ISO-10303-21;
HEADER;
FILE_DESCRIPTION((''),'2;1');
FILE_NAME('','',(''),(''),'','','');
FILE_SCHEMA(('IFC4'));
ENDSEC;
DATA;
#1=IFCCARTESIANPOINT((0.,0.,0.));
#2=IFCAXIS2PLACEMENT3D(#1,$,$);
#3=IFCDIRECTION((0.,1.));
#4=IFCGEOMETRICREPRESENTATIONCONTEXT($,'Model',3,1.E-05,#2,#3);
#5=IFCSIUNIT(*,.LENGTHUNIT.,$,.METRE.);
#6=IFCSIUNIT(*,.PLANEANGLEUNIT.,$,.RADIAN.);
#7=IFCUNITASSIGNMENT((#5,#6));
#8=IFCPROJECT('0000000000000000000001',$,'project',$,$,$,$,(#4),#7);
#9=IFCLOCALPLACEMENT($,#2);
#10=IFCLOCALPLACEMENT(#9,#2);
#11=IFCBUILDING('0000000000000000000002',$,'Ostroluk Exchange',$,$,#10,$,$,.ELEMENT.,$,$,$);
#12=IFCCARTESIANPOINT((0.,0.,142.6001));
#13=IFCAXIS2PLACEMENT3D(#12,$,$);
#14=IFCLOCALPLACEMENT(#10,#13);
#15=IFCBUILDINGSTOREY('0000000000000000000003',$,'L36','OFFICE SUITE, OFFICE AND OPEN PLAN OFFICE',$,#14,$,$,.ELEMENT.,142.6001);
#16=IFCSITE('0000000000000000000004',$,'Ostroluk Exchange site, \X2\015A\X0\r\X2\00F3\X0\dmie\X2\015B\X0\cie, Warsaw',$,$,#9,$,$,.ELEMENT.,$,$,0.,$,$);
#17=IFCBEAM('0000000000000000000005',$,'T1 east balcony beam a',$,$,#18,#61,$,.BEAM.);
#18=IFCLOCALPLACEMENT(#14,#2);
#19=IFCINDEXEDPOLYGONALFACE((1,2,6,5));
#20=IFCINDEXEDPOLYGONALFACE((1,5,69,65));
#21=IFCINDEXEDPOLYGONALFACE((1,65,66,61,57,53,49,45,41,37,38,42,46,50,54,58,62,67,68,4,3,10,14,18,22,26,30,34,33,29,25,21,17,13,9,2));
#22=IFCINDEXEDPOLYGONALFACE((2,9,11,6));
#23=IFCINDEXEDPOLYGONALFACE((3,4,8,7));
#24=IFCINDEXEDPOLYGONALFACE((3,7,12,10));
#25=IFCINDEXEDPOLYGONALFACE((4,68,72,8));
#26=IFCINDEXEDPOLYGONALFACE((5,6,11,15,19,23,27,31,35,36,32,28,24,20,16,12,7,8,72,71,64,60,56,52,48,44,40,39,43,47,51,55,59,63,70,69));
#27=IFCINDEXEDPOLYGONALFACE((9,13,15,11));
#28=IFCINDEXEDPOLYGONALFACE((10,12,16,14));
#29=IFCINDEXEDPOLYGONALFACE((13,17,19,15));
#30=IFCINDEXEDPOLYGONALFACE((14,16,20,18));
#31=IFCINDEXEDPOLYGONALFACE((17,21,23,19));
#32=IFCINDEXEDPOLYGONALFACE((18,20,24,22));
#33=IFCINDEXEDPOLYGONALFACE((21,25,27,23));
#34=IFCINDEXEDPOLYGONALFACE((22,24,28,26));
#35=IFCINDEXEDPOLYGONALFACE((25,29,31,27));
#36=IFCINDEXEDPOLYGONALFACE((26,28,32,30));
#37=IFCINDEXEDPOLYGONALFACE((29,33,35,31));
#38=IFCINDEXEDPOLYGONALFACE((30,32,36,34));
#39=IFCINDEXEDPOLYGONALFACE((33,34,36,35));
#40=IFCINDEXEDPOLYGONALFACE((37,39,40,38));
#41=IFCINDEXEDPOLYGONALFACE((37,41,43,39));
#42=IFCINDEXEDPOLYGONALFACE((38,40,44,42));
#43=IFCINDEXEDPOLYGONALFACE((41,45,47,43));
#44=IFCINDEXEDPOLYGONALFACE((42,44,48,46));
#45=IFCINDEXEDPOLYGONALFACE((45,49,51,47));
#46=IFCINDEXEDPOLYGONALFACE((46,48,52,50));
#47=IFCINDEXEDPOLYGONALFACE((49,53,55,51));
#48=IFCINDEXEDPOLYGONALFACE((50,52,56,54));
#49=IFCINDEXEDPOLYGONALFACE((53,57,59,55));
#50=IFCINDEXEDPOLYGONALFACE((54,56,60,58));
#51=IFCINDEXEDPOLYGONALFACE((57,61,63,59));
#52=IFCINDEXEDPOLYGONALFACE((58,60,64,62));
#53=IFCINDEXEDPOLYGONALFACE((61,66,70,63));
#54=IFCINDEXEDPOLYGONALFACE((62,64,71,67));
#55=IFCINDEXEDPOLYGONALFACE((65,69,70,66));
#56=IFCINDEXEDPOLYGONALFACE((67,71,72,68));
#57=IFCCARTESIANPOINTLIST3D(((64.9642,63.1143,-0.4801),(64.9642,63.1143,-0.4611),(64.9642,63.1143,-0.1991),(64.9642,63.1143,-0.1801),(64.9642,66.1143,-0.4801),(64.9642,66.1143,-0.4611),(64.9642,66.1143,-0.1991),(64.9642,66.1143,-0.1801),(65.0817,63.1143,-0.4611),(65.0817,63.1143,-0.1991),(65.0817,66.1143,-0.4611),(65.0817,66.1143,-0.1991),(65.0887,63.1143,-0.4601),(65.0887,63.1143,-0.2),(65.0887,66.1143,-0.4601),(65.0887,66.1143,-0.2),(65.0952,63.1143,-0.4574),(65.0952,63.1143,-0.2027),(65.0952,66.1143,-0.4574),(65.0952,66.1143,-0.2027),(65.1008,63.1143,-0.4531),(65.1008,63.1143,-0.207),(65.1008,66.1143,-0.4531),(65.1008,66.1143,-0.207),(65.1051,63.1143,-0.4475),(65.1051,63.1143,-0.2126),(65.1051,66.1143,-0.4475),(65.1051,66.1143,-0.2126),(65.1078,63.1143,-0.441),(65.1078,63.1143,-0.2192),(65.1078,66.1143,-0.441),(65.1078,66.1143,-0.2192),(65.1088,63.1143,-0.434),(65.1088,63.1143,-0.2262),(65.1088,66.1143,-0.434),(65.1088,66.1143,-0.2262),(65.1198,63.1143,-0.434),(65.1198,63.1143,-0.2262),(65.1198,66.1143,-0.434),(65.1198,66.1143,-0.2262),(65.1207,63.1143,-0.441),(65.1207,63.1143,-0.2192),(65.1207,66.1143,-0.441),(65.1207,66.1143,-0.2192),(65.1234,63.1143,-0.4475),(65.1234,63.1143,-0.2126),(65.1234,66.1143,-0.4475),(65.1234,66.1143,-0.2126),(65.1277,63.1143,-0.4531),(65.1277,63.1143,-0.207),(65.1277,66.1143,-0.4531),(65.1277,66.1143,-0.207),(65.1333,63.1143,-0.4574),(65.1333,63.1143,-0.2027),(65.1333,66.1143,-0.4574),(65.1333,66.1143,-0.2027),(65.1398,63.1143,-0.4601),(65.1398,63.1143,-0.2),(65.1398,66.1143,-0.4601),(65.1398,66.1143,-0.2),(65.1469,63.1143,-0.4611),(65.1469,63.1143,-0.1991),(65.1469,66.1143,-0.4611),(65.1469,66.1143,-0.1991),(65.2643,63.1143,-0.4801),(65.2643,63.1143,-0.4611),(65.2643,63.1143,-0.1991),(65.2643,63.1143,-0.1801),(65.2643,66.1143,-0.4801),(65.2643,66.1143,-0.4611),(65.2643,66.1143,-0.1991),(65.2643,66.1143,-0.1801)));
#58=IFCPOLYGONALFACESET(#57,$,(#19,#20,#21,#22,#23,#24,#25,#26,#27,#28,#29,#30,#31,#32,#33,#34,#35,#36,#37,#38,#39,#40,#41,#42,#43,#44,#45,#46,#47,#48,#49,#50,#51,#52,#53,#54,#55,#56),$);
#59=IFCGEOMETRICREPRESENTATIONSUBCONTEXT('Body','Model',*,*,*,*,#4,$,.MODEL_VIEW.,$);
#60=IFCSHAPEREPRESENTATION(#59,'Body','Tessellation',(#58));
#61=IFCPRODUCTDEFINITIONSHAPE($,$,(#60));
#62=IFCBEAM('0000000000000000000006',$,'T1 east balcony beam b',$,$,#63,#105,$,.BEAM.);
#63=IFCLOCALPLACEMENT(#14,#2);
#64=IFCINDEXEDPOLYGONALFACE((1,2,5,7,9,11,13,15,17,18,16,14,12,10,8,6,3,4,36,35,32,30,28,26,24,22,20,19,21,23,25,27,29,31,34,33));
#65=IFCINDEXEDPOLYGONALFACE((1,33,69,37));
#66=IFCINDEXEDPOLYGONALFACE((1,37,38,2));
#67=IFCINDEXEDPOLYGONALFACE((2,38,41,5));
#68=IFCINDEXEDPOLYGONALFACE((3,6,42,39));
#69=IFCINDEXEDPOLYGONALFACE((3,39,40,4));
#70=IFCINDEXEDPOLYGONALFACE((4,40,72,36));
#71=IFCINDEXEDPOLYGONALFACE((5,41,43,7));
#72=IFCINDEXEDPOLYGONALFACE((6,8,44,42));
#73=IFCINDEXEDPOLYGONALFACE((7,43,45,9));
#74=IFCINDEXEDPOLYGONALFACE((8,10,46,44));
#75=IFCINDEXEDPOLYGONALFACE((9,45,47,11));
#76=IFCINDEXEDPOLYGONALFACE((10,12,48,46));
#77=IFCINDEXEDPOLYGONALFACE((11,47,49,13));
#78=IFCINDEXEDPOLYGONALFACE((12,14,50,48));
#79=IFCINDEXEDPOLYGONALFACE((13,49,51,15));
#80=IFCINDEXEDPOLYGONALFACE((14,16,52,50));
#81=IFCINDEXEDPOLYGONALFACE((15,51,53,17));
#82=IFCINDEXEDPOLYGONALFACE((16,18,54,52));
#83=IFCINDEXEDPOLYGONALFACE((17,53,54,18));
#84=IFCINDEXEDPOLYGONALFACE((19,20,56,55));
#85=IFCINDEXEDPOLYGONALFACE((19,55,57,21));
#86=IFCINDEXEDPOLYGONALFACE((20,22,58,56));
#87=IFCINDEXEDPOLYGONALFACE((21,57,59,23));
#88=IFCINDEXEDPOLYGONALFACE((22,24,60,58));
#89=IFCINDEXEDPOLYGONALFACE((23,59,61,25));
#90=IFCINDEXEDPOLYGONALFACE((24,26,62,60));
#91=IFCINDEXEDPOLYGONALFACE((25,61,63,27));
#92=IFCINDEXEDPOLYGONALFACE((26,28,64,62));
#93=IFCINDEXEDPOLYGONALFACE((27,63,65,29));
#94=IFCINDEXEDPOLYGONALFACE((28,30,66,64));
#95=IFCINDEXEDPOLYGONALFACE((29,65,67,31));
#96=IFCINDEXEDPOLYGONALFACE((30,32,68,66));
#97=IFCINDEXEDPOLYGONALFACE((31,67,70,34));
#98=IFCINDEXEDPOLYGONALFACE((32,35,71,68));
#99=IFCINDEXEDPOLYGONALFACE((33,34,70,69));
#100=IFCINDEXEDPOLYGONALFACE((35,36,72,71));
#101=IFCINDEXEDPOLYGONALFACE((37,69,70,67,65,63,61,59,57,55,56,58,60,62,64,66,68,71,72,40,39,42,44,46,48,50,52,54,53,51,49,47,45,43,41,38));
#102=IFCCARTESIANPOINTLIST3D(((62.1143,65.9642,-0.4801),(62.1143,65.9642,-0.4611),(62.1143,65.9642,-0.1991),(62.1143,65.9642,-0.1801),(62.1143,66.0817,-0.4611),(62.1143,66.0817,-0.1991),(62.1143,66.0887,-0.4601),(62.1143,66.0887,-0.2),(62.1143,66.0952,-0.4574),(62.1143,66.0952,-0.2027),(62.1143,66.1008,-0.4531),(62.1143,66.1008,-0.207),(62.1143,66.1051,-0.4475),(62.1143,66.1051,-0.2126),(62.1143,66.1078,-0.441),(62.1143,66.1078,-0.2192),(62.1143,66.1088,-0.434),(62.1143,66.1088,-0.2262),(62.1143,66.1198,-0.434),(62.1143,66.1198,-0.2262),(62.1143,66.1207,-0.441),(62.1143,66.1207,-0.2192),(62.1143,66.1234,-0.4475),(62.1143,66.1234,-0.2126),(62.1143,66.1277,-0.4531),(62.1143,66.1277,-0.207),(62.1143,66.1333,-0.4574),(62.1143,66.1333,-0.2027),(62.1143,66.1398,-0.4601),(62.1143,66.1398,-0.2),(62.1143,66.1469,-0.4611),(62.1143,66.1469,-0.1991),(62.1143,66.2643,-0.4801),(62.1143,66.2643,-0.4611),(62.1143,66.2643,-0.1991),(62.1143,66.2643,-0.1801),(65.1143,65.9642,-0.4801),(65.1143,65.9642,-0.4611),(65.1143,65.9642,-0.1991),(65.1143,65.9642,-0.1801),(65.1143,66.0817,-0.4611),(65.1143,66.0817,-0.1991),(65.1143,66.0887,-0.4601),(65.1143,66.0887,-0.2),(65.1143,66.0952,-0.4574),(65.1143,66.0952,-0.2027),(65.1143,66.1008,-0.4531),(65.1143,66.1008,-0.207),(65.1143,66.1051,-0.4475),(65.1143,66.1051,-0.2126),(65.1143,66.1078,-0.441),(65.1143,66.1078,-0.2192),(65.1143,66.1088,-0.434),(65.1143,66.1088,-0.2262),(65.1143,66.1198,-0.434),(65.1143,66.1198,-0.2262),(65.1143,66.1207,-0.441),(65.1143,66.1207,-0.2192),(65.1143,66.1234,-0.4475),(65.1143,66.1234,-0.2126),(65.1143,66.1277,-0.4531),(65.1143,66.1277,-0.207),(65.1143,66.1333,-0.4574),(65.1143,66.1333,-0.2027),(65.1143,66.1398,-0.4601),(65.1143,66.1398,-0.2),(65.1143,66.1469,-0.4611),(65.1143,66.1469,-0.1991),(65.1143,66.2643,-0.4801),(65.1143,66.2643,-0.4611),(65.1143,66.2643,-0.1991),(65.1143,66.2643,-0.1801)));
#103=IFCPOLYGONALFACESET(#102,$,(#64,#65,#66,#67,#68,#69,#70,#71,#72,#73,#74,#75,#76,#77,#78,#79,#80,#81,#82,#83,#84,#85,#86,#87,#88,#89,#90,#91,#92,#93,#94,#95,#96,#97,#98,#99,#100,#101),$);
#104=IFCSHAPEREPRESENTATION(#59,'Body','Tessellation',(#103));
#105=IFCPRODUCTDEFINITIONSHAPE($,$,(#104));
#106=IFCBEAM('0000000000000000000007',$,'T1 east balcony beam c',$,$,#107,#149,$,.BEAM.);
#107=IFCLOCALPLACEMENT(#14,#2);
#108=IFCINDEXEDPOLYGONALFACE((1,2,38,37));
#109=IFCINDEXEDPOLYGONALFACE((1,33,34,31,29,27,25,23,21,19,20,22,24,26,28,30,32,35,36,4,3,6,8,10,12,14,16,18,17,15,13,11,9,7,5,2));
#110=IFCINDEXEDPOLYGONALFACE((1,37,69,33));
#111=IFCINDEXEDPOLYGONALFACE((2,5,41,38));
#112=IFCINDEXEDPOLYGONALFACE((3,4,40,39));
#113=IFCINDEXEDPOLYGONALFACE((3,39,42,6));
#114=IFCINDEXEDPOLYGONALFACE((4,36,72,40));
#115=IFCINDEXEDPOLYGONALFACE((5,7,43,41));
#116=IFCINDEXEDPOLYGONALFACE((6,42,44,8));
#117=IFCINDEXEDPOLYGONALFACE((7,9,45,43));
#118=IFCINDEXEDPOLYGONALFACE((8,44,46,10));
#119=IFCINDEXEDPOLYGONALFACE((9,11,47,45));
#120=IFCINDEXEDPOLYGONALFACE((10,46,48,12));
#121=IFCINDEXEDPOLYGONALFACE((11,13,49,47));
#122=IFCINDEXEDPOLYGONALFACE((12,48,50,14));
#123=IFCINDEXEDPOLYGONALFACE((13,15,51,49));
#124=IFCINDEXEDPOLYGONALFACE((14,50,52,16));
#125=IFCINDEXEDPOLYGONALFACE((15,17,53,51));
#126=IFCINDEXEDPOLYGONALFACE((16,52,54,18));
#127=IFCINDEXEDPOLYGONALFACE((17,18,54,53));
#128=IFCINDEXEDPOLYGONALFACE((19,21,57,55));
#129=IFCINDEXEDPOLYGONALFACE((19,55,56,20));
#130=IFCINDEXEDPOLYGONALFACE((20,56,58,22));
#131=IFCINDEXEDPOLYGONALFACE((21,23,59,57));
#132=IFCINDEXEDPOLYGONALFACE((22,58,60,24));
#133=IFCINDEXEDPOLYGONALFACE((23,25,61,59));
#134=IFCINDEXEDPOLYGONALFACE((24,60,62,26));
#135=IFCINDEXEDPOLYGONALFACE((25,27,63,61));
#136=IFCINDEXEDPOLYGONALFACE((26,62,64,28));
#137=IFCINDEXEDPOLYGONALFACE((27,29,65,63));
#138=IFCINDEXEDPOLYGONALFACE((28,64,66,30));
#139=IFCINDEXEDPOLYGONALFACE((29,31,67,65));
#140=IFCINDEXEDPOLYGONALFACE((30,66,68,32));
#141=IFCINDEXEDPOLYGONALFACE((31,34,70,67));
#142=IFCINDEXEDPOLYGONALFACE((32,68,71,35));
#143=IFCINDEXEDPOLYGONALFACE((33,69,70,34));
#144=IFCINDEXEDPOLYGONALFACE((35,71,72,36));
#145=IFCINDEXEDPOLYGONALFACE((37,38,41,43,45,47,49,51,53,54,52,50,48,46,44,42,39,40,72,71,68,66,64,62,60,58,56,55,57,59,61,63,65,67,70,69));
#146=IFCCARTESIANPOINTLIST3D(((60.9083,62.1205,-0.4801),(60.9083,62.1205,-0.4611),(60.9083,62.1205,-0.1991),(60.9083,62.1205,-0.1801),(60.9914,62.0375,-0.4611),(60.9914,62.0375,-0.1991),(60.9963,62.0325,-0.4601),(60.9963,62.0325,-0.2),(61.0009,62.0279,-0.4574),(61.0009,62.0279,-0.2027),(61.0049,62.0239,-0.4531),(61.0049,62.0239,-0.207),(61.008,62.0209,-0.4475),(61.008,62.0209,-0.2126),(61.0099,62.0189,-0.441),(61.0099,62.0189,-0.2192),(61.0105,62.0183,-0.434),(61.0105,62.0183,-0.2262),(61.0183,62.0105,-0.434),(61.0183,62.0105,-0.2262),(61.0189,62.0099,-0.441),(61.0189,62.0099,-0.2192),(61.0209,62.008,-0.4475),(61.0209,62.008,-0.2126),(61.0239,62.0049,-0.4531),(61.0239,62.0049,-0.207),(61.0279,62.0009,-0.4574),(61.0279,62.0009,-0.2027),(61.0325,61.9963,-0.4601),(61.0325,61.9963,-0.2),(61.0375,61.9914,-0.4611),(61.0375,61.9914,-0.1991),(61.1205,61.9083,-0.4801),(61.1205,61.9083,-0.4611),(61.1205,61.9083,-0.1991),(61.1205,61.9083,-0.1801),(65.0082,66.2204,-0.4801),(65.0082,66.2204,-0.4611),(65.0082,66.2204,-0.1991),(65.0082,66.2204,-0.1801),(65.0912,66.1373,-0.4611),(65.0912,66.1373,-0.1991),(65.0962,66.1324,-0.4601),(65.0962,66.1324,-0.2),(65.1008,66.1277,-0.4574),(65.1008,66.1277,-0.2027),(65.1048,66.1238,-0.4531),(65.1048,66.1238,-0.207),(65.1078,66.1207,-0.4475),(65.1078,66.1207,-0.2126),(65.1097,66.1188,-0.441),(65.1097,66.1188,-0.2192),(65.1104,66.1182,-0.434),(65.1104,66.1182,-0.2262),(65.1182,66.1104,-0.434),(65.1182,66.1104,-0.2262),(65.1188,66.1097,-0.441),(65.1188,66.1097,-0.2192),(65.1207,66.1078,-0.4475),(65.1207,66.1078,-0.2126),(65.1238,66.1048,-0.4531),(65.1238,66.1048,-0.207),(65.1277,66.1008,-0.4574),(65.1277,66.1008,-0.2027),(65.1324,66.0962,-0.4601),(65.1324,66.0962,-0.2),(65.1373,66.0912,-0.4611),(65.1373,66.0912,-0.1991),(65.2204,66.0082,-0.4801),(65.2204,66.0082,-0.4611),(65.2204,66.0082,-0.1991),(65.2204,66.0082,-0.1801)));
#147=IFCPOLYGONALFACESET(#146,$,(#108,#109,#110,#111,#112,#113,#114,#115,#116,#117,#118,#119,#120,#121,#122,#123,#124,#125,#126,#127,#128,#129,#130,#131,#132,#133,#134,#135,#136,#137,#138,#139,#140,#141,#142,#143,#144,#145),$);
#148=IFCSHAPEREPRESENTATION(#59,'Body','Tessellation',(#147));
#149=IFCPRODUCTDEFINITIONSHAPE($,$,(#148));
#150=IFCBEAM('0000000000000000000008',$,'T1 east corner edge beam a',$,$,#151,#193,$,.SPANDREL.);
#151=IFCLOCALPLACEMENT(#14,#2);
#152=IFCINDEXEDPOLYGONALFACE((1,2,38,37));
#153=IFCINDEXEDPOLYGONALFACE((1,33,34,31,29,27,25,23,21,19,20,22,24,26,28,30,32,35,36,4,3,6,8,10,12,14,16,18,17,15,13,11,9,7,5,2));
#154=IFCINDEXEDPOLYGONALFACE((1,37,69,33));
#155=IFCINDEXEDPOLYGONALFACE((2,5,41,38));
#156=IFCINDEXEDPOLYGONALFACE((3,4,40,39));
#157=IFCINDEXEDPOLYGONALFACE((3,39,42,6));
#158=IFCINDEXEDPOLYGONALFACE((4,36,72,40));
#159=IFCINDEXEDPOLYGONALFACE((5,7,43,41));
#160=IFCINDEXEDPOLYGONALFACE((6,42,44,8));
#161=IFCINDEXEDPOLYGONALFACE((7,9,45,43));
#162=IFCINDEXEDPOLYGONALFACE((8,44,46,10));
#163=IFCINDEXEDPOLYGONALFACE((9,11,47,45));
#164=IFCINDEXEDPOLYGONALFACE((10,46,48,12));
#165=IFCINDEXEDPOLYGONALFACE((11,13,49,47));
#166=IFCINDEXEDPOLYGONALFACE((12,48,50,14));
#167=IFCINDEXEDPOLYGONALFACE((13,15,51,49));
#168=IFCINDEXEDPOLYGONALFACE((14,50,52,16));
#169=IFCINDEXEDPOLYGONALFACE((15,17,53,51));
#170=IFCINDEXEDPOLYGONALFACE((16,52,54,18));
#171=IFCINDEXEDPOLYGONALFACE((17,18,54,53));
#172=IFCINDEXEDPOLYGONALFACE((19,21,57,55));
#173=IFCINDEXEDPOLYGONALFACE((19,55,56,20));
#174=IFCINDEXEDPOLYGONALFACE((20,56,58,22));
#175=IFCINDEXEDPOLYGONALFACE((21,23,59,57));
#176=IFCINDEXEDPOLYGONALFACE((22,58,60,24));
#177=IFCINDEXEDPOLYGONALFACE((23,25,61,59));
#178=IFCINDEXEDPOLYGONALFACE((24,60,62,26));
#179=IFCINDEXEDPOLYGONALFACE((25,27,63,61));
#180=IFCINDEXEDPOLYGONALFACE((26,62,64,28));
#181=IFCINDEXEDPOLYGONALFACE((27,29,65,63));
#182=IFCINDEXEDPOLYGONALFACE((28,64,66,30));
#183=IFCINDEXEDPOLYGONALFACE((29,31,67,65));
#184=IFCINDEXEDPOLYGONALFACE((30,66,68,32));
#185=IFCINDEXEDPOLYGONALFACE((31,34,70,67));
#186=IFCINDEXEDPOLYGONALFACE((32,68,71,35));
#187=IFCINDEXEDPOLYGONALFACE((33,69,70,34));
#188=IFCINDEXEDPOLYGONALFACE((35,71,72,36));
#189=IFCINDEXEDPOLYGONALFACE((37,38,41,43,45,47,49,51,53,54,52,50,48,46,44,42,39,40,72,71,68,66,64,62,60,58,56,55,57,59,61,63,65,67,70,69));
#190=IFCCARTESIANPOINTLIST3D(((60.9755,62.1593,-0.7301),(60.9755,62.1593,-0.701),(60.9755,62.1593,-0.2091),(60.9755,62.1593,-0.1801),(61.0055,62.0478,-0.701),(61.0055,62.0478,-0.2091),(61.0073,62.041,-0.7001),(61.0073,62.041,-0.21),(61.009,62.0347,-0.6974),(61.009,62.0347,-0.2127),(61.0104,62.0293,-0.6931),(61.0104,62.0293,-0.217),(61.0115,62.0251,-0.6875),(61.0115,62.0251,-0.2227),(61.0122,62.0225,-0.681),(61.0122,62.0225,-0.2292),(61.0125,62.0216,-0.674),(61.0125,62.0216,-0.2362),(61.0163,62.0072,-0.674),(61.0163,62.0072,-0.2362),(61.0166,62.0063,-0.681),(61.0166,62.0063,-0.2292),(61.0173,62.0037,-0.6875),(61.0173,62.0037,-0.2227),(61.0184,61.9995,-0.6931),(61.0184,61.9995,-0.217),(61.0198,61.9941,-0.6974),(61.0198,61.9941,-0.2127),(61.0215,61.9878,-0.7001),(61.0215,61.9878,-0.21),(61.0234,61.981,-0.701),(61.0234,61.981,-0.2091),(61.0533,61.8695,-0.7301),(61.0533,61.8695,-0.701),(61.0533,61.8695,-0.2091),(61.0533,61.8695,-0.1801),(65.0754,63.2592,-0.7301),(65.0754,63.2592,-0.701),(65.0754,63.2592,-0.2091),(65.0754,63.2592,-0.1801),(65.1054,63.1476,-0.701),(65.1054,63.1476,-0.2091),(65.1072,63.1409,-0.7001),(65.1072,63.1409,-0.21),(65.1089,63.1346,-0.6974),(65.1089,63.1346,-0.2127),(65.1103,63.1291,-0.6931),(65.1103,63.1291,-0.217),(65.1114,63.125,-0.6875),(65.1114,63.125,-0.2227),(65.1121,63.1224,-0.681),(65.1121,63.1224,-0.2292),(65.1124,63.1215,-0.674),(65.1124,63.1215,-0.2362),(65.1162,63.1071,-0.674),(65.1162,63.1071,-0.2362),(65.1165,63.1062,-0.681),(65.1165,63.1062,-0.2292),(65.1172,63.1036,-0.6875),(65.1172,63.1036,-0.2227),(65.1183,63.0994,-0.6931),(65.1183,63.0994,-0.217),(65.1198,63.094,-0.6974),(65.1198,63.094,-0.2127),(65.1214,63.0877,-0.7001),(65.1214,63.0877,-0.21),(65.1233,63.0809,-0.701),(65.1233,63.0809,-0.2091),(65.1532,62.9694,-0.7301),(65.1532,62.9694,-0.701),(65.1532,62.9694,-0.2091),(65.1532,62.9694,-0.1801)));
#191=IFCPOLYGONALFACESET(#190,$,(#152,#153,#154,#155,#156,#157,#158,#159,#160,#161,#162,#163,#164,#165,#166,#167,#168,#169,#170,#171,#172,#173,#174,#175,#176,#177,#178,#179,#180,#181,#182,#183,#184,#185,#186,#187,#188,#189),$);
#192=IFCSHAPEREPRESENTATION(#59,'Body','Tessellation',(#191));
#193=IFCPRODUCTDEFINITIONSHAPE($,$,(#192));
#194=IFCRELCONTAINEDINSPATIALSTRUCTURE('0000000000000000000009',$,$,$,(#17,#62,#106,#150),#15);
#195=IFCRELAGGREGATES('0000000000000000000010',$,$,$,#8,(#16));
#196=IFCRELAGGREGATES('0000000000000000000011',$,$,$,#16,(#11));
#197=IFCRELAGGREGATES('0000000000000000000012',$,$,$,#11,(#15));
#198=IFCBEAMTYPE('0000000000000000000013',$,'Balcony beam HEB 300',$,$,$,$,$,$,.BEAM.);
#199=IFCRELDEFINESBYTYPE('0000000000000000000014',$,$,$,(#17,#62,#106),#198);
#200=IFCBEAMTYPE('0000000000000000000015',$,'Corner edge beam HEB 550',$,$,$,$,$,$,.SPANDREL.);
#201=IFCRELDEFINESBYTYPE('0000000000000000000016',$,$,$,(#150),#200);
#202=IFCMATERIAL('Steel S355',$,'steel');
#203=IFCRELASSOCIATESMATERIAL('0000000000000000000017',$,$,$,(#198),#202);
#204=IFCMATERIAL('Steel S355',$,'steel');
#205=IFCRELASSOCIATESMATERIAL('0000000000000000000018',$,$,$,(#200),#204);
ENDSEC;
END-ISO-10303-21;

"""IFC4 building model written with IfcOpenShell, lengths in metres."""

from ifc_helpers import new_model, si_unit, direction, frame, origin, origin_2d, place, context, subcontext, project, spatial, i_section, extrude, material, material_profile, profile_set, type_object, element, save


model = new_model("IFC4")

# Units and contexts
model_context = context("Model", 3, precision=1e-05, world=origin(), true_north=direction((0.0, 1.0)))
body_context = subcontext(model_context, "Body", "Model", "MODEL_VIEW")
ifc_project = project(units=[si_unit("LENGTHUNIT", "METRE"), si_unit("PLANEANGLEUNIT", "RADIAN")], contexts=[model_context])

# Site, building, storey
site_placement = place(None, origin())
site = spatial("IfcSite", under=ifc_project, at=site_placement, Name="Ostroluk Exchange site, Śródmieście, Warsaw", CompositionType="ELEMENT", RefElevation=0.0)
building_placement = place(site_placement, origin())
building = spatial("IfcBuilding", under=site, at=building_placement, Name="Ostroluk Exchange", CompositionType="ELEMENT")
storey_placement = place(building_placement, frame((0.0, 0.0, 142.6001)))
storey = spatial("IfcBuildingStorey", under=building, at=storey_placement, Name="L36", Description="OFFICE SUITE, OFFICE AND OPEN PLAN OFFICE", CompositionType="ELEMENT", Elevation=142.6001)

# Beams
ifc_material_1 = material(Name="Steel S355", Category="steel")
ifc_material_profile_1 = material_profile(ifc_material_1, i_section(OverallWidth=0.3, OverallDepth=0.3, WebThickness=0.011, FlangeThickness=0.019, FilletRadius=0.0271, at=origin_2d()), Name="HEB 300")
ifc_profile_set_1 = profile_set([ifc_material_profile_1], Name="Steel S355")
beam_type_1 = type_object("IfcBeamType", Name="Balcony beam HEB 300", PredefinedType="BEAM", material=ifc_profile_set_1)
for number, where, z_axis, x_axis, name in (
    (1, (65.1143, 63.1143, -0.3301), (0.0, 1.0, 0.0), (-1.0, 0.0, 0.0), "T1 east balcony beam a"),
    (2, (62.1143, 66.1143, -0.3301), (1.0, 0.0, 0.0), (0.0, 1.0, 0.0), "T1 east balcony beam b"),
):
    element("IfcBeam", number, at=place(storey_placement, frame(where, z_axis=z_axis, x_axis=x_axis)), inside=storey, type_object=beam_type_1, Name=name, PredefinedType="BEAM", context=body_context, shape_type="SweptSolid", body=[
        extrude(i_section(OverallWidth=0.3, OverallDepth=0.3, WebThickness=0.011, FlangeThickness=0.019, FilletRadius=0.0271, at=origin_2d()), origin(), (0.0, 0.0, 1.0), 3.0),
    ])
beam_1_placement = place(storey_placement, frame((61.0144, 62.0144, -0.3301), z_axis=(0.707107, 0.707107, 0.0), x_axis=(-0.707107, 0.707107, 0.0)))
element("IfcBeam", 3, at=beam_1_placement, inside=storey, type_object=beam_type_1, Name="T1 east balcony beam c", PredefinedType="BEAM", context=body_context, shape_type="SweptSolid", body=[
    extrude(i_section(OverallWidth=0.3, OverallDepth=0.3, WebThickness=0.011, FlangeThickness=0.019, FilletRadius=0.0271, at=origin_2d()), origin(), (0.0, 0.0, 1.0), 5.7981),
])
ifc_material_2 = material(Name="Steel S355", Category="steel")
ifc_material_profile_2 = material_profile(ifc_material_2, i_section(OverallWidth=0.3, OverallDepth=0.55, WebThickness=0.0149, FlangeThickness=0.0291, FilletRadius=0.0271, at=origin_2d()), Name="HEB 550")
ifc_profile_set_2 = profile_set([ifc_material_profile_2], Name="Steel S355")
beam_type_2 = type_object("IfcBeamType", Name="Corner edge beam HEB 550", PredefinedType="SPANDREL", material=ifc_profile_set_2)
for number, where, z_axis, x_axis, name in (
    (4, (61.0144, 62.0144, -0.4551), (0.965849, 0.259105, 0.0), (-0.259105, 0.965849, 0.0), "T1 east corner edge beam a"),
):
    element("IfcBeam", number, at=place(storey_placement, frame(where, z_axis=z_axis, x_axis=x_axis)), inside=storey, type_object=beam_type_2, Name=name, PredefinedType="SPANDREL", context=body_context, shape_type="SweptSolid", body=[
        extrude(i_section(OverallWidth=0.3, OverallDepth=0.55, WebThickness=0.0149, FlangeThickness=0.0291, FilletRadius=0.0271, at=origin_2d()), origin(), (0.0, 0.0, 1.0), 4.2449),
    ])

save(model, "model.ifc")
